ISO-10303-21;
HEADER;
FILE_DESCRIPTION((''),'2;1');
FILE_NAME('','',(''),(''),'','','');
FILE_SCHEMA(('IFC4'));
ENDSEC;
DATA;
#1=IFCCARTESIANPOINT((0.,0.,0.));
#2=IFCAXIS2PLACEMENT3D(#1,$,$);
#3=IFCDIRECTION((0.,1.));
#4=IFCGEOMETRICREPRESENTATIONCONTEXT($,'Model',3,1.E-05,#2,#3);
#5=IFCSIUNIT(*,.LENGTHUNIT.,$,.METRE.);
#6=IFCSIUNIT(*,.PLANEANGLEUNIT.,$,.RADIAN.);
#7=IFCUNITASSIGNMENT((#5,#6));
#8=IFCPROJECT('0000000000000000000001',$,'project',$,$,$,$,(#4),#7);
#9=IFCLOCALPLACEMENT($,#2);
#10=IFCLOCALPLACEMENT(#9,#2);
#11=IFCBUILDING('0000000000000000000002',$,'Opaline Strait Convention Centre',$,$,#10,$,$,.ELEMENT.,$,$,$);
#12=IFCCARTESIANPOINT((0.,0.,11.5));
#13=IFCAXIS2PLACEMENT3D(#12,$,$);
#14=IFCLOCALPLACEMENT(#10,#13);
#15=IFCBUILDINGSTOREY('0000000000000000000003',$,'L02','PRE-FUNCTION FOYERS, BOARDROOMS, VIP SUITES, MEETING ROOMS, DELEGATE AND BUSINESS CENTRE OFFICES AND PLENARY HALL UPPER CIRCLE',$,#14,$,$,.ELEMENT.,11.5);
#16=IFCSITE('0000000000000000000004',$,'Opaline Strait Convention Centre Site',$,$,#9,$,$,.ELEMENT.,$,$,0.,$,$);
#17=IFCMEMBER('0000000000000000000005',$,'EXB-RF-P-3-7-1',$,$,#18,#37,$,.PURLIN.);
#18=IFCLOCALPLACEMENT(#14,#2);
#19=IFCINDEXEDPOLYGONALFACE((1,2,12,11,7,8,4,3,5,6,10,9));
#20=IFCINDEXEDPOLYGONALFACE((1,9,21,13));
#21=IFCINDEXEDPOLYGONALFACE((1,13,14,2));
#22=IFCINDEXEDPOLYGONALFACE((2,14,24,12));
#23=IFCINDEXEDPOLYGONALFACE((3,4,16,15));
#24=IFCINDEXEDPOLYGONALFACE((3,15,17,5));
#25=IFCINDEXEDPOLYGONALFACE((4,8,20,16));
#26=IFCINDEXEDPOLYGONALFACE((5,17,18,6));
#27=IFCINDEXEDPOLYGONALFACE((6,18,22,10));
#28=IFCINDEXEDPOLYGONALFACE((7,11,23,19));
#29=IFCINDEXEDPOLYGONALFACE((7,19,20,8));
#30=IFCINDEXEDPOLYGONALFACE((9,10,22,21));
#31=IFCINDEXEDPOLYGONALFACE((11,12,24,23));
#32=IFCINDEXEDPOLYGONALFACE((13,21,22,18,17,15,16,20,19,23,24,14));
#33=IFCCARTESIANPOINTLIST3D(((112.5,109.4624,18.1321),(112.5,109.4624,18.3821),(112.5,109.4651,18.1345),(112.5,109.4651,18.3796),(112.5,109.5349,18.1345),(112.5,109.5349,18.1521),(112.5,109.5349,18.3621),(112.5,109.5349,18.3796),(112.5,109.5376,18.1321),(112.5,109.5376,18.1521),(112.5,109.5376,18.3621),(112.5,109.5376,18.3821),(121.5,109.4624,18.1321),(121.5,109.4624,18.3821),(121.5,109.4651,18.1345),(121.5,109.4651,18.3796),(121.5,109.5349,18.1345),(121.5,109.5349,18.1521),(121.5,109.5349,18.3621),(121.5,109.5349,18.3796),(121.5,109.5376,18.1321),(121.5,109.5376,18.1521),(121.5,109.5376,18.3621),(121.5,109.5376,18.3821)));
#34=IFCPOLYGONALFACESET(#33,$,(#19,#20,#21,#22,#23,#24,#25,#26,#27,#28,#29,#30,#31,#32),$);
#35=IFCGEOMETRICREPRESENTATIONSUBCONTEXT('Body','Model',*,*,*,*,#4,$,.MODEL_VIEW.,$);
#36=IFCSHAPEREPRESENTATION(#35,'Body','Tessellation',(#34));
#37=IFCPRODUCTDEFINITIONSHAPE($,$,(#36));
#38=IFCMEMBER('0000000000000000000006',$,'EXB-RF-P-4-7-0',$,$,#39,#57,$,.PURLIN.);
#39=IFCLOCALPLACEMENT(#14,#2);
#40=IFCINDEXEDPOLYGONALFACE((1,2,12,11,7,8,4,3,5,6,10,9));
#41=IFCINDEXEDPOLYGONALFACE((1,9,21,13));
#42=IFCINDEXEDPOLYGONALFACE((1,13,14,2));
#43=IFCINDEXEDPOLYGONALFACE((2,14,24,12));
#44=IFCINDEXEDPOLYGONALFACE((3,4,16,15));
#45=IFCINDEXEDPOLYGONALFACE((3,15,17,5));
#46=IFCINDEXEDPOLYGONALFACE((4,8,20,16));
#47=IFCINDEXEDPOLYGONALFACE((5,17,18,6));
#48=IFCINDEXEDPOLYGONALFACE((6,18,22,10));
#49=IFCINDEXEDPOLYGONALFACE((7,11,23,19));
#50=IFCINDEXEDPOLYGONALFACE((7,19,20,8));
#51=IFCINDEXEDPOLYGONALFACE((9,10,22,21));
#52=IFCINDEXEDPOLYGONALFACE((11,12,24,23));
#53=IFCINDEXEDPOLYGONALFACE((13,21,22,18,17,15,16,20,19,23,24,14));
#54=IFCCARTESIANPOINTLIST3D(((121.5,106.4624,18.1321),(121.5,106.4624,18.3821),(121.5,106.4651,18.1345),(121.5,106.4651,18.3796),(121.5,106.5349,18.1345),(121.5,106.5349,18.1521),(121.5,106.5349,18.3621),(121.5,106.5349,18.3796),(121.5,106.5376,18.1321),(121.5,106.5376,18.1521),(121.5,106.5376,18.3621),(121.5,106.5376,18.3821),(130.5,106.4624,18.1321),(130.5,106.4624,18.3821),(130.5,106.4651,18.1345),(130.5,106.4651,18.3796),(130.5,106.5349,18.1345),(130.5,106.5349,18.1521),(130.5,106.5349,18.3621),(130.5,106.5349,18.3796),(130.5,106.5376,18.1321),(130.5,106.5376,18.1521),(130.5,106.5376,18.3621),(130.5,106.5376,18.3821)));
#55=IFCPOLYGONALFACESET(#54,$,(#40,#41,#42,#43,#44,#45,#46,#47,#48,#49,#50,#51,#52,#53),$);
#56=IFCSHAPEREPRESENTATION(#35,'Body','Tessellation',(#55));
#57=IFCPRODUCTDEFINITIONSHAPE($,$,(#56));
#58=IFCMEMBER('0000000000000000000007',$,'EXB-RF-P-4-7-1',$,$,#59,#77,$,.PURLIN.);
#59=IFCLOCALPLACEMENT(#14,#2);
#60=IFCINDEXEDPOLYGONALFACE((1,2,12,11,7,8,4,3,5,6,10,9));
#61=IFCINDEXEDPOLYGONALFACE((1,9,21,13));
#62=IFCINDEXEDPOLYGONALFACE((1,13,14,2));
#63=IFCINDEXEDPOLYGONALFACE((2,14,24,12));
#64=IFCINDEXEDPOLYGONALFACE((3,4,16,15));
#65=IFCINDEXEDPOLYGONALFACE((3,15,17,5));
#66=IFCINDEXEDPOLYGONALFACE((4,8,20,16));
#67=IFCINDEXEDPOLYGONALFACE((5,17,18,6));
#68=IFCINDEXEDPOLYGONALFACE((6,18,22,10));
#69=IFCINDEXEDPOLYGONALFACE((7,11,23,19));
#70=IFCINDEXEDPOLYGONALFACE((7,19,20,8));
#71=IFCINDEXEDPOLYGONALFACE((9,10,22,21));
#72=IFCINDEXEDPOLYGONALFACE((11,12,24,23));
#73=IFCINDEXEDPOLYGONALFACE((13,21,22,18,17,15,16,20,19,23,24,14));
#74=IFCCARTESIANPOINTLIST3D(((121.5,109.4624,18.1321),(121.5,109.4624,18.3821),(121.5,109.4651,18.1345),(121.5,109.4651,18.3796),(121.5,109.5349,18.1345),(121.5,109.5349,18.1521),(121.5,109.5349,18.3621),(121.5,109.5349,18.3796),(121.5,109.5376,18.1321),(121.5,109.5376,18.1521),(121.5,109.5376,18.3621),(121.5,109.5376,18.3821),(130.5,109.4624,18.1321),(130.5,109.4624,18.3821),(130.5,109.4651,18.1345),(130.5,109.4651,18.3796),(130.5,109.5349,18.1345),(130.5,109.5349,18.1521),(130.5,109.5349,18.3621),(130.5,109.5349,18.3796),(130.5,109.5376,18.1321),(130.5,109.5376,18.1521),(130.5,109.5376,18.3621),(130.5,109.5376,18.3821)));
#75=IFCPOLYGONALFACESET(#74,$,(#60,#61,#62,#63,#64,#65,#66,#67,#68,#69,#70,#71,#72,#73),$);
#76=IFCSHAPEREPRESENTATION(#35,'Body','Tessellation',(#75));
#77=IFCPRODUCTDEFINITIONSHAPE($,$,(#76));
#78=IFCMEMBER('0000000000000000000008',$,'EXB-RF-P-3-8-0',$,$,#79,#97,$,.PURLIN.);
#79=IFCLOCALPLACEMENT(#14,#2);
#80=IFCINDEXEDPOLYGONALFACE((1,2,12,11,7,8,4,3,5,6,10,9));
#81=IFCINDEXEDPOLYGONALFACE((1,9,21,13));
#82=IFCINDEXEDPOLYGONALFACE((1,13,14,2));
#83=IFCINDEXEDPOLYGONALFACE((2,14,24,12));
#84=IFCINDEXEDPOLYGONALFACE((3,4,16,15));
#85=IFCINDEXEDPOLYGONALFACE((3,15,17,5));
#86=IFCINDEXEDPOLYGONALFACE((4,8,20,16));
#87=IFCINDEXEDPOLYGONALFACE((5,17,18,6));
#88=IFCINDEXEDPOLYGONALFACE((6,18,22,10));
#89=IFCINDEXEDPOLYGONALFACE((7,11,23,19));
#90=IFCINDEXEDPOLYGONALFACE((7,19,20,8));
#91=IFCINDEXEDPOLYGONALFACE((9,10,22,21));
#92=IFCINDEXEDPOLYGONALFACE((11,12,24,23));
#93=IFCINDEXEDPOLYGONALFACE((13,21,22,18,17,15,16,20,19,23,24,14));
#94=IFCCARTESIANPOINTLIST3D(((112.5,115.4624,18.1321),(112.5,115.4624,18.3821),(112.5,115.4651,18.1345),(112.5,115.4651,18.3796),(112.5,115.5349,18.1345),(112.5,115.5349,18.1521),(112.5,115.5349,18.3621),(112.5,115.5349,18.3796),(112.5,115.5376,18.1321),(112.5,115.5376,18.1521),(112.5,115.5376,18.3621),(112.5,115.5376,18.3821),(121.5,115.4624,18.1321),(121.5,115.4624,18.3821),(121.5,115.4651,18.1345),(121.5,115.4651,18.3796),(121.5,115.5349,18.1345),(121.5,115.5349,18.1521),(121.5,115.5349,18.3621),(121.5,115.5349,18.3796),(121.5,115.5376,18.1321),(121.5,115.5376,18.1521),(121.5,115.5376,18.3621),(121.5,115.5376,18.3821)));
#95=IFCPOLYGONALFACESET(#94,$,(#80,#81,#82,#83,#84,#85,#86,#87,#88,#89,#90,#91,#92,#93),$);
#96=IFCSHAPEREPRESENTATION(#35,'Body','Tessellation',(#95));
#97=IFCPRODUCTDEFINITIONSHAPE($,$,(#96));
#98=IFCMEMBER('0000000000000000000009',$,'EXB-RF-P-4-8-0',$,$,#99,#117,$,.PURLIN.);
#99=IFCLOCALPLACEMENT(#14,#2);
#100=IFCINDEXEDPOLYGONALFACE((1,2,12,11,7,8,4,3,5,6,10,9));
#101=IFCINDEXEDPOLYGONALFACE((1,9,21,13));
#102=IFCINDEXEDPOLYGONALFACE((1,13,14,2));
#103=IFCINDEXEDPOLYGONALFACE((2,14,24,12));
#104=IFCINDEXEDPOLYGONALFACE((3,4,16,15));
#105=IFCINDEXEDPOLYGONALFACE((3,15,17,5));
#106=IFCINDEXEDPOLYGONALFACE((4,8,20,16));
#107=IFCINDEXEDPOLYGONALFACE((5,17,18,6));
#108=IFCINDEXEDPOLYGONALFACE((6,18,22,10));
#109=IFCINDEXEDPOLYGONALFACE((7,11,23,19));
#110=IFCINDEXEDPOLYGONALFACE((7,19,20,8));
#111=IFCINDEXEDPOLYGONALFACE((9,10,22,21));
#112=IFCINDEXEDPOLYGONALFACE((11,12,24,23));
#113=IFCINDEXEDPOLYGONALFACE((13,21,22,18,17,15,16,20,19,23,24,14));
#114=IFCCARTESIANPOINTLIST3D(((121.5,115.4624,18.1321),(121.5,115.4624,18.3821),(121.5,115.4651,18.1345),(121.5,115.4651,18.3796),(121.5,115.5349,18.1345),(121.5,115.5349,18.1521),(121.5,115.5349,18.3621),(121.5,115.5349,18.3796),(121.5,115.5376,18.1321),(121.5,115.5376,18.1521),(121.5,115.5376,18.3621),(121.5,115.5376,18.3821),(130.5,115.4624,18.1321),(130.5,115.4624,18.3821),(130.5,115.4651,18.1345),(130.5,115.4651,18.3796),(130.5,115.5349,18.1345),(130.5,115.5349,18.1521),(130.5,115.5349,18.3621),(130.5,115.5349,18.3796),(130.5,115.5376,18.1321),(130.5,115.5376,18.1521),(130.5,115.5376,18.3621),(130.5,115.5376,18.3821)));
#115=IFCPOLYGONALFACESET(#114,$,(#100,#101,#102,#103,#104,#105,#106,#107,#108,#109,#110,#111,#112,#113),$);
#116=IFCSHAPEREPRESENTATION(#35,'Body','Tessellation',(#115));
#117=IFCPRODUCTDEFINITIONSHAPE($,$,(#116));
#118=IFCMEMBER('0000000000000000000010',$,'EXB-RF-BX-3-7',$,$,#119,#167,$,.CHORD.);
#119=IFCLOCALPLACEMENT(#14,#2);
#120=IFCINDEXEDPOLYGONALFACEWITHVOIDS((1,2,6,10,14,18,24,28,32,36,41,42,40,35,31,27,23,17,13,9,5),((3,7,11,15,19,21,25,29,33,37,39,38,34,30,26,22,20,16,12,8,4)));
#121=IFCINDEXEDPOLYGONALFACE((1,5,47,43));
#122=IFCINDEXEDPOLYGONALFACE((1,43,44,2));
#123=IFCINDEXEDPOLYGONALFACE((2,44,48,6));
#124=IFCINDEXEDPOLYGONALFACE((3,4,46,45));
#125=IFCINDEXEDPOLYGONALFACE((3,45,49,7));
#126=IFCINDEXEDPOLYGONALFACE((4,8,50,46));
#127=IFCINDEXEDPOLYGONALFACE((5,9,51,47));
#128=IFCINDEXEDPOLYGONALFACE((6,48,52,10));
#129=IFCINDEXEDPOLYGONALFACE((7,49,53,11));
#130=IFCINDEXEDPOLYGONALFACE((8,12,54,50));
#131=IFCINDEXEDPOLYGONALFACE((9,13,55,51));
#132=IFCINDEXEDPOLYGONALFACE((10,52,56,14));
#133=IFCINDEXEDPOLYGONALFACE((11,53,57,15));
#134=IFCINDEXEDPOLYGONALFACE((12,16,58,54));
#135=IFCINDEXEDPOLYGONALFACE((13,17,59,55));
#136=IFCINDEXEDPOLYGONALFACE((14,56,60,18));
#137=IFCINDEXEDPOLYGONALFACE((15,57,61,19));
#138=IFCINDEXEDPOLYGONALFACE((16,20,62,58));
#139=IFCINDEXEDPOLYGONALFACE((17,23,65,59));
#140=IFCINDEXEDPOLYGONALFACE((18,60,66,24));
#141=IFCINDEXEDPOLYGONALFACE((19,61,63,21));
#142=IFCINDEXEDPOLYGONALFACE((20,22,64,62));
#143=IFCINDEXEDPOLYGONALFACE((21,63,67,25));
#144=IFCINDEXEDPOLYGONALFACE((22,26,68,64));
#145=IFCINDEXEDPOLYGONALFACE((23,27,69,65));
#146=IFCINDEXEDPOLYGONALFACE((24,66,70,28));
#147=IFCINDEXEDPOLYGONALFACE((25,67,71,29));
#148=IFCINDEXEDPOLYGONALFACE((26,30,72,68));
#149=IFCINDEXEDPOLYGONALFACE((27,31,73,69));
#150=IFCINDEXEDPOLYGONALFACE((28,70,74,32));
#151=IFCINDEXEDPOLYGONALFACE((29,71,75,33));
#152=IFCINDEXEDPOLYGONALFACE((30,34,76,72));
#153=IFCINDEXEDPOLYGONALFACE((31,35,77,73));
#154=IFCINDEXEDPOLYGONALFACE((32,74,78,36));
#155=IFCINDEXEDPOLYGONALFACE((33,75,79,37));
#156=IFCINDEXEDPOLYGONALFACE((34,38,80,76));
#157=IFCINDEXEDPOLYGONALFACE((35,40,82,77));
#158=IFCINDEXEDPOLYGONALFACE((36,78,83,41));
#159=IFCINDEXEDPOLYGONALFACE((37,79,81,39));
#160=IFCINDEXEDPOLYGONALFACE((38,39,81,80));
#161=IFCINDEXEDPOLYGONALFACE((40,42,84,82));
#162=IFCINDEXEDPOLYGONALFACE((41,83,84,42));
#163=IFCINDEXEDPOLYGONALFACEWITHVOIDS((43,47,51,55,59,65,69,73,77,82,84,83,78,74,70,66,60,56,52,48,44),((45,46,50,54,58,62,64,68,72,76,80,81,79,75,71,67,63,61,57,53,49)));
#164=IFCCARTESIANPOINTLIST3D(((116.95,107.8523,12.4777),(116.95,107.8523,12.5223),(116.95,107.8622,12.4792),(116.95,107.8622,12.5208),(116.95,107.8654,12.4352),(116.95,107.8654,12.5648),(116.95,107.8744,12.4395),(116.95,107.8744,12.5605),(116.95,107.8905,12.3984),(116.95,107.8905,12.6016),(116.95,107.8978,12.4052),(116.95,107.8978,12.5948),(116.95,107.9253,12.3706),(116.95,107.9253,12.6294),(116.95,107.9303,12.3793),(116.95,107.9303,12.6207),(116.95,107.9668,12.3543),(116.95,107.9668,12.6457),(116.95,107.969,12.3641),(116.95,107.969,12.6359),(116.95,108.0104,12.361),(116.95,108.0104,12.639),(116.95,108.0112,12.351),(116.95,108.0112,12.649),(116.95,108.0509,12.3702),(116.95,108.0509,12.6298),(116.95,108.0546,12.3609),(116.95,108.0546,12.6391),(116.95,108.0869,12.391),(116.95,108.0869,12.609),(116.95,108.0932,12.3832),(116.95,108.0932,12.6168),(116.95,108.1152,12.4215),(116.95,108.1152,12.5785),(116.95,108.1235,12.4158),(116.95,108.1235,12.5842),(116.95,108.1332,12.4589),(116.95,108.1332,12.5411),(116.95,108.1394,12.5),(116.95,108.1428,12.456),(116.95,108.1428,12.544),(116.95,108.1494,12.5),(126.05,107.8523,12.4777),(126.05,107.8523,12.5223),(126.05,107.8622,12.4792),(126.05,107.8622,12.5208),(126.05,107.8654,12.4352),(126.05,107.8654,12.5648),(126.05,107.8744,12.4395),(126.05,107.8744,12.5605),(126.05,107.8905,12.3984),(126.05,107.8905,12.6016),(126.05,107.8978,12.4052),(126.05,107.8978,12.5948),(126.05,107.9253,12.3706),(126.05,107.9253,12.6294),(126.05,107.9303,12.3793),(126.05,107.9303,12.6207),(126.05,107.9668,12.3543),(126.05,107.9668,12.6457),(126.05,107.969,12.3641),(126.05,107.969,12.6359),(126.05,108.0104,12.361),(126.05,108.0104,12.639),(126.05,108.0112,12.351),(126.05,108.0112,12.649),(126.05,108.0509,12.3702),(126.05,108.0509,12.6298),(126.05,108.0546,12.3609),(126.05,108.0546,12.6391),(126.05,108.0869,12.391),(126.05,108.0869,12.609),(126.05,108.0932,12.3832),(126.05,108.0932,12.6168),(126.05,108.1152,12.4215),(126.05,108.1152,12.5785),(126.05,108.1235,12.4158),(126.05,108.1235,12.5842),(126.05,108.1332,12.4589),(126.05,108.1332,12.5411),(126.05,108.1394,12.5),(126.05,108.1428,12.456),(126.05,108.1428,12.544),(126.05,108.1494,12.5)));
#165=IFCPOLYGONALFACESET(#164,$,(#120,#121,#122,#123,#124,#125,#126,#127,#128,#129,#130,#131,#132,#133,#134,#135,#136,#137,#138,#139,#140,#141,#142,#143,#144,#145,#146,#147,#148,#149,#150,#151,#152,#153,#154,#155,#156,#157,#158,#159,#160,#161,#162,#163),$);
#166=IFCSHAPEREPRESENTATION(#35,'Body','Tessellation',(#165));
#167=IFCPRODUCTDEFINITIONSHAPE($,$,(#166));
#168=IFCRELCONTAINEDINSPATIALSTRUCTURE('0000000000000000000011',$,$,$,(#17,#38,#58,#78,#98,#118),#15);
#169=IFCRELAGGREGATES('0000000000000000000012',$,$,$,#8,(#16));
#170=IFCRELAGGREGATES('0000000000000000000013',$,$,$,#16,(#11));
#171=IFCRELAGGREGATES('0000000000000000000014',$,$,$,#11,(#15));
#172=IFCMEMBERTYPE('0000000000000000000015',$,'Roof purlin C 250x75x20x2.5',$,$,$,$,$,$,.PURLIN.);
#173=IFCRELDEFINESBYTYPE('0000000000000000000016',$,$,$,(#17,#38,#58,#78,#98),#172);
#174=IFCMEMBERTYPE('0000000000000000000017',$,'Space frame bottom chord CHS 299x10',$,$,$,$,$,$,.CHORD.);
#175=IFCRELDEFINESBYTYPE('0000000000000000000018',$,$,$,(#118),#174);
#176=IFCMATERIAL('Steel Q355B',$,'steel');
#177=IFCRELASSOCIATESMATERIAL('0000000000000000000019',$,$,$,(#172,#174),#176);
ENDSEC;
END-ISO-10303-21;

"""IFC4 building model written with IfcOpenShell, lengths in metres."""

from ifc_helpers import new_model, si_unit, direction, frame, origin, origin_2d, place, context, subcontext, project, spatial, polyline, hollow_circle, outline, extrude, material, material_profile, profile_set, type_object, element, save


model = new_model("IFC4")

# Units and contexts
model_context = context("Model", 3, precision=1e-05, world=origin(), true_north=direction((0.0, 1.0)))
body_context = subcontext(model_context, "Body", "Model", "MODEL_VIEW")
ifc_project = project(units=[si_unit("LENGTHUNIT", "METRE"), si_unit("PLANEANGLEUNIT", "RADIAN")], contexts=[model_context])

# Site, building, storey
site_placement = place(None, origin())
site = spatial("IfcSite", under=ifc_project, at=site_placement, Name="Opaline Strait Convention Centre Site", CompositionType="ELEMENT", RefElevation=0.0)
building_placement = place(site_placement, origin())
building = spatial("IfcBuilding", under=site, at=building_placement, Name="Opaline Strait Convention Centre", CompositionType="ELEMENT")
storey_placement = place(building_placement, frame((0.0, 0.0, 11.5)))
storey = spatial("IfcBuildingStorey", under=building, at=storey_placement, Name="L02", Description="PRE-FUNCTION FOYERS, BOARDROOMS, VIP SUITES, MEETING ROOMS, DELEGATE AND BUSINESS CENTRE OFFICES AND PLENARY HALL UPPER CIRCLE", CompositionType="ELEMENT", Elevation=11.5)

# Members
ifc_material = material(Name="Steel Q355B", Category="steel")
ifc_material_profile_1 = material_profile(ifc_material, outline(polyline([(-0.0376, -0.125), (0.0376, -0.125), (0.0376, -0.105), (0.0349, -0.105), (0.0349, -0.1226), (-0.0349, -0.1226), (-0.0349, 0.1226), (0.0349, 0.1226), (0.0349, 0.105), (0.0376, 0.105), (0.0376, 0.125), (-0.0376, 0.125), (-0.0376, -0.125)])), Name="C 250x75x20x2.5")
ifc_profile_set_1 = profile_set([ifc_material_profile_1], Name="Steel Q355B")
member_type_1 = type_object("IfcMemberType", Name="Roof purlin C 250x75x20x2.5", PredefinedType="PURLIN", material=ifc_profile_set_1)
for number, where, z_axis, x_axis, name in (
    (1, (112.5, 109.5, 18.2571), (1.0, 0.0, 0.0), (0.0, 1.0, 0.0), "EXB-RF-P-3-7-1"),
    (2, (121.5, 106.5, 18.2571), (1.0, 0.0, 0.0), (0.0, 1.0, 0.0), "EXB-RF-P-4-7-0"),
    (3, (121.5, 109.5, 18.2571), (1.0, 0.0, 0.0), (0.0, 1.0, 0.0), "EXB-RF-P-4-7-1"),
    (4, (112.5, 115.5, 18.2571), (1.0, 0.0, 0.0), (0.0, 1.0, 0.0), "EXB-RF-P-3-8-0"),
    (5, (121.5, 115.5, 18.2571), (1.0, 0.0, 0.0), (0.0, 1.0, 0.0), "EXB-RF-P-4-8-0"),
):
    element("IfcMember", number, at=place(storey_placement, frame(where, z_axis=z_axis, x_axis=x_axis)), inside=storey, type_object=member_type_1, Name=name, PredefinedType="PURLIN", context=body_context, shape_type="SweptSolid", body=[
        extrude(outline(polyline([(-0.0376, -0.125), (0.0376, -0.125), (0.0376, -0.105), (0.0349, -0.105), (0.0349, -0.1226), (-0.0349, -0.1226), (-0.0349, 0.1226), (0.0349, 0.1226), (0.0349, 0.105), (0.0376, 0.105), (0.0376, 0.125), (-0.0376, 0.125), (-0.0376, -0.125)])), origin(), (0.0, 0.0, 1.0), 9.0),
    ])
ifc_material_profile_2 = material_profile(ifc_material, hollow_circle(Radius=0.1494, WallThickness=0.01, at=origin_2d()), Name="CHS 299x10")
ifc_profile_set_2 = profile_set([ifc_material_profile_2], Name="Steel Q355B")
member_type_2 = type_object("IfcMemberType", Name="Space frame bottom chord CHS 299x10", PredefinedType="CHORD", material=ifc_profile_set_2)
for number, where, z_axis, x_axis, name in (
    (6, (116.95, 108.0, 12.5), (1.0, 0.0, 0.0), (0.0, 1.0, 0.0), "EXB-RF-BX-3-7"),
):
    element("IfcMember", number, at=place(storey_placement, frame(where, z_axis=z_axis, x_axis=x_axis)), inside=storey, type_object=member_type_2, Name=name, PredefinedType="CHORD", context=body_context, shape_type="SweptSolid", body=[
        extrude(hollow_circle(Radius=0.1494, WallThickness=0.01, at=origin_2d()), origin(), (0.0, 0.0, 1.0), 9.1001),
    ])

save(model, "model.ifc")
